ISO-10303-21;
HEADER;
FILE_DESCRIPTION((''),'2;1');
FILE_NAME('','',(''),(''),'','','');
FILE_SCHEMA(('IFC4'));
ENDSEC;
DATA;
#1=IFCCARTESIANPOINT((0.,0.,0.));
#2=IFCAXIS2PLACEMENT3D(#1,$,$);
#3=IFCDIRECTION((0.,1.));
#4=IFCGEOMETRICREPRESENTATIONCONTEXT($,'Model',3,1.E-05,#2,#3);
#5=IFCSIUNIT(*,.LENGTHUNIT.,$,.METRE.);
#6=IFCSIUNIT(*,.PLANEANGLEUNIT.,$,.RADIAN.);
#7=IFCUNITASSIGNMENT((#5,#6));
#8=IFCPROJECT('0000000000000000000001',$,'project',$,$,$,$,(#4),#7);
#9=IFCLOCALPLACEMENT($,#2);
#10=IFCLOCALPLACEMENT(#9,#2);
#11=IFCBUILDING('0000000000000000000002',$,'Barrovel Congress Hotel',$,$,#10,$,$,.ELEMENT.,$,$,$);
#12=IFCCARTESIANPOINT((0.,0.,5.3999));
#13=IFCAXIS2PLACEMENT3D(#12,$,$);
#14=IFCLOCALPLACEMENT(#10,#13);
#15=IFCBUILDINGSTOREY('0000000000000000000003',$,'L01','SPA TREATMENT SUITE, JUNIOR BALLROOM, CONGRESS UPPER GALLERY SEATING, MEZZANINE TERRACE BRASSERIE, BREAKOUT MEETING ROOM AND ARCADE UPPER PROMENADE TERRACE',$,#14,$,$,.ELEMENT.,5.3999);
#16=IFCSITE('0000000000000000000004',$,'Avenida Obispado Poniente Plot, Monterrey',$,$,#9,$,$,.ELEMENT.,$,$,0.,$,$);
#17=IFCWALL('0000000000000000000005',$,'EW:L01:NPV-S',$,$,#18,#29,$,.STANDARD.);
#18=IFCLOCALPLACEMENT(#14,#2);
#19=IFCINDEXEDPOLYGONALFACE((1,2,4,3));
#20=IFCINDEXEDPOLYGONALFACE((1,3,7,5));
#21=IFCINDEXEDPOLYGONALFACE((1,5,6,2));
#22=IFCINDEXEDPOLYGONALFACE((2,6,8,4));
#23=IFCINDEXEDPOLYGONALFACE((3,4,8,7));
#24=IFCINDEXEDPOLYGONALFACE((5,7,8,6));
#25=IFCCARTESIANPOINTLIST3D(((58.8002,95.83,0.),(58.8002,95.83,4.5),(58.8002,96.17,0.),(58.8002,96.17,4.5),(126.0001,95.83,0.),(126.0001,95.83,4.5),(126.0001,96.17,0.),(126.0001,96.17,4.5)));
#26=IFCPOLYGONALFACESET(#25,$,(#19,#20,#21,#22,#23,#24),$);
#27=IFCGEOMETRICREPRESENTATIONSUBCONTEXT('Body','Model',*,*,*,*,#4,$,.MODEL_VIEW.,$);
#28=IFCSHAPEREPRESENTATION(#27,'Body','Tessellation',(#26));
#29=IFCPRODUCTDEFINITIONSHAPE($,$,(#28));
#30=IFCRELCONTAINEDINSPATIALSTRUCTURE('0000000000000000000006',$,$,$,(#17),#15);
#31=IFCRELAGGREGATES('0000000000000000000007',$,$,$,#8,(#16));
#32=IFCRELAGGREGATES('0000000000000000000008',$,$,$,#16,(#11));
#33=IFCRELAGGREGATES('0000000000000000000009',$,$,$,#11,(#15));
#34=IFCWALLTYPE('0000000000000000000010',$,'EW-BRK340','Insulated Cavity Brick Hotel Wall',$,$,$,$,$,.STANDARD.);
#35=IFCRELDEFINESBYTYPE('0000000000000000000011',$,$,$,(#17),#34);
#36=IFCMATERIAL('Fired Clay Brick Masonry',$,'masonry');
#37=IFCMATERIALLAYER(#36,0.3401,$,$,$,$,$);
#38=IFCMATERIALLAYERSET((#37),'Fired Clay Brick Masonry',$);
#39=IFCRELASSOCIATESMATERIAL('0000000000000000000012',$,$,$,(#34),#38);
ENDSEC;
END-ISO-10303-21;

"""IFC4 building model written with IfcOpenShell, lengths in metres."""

from ifc_helpers import new_model, si_unit, direction, frame, frame_2d, origin, place, context, subcontext, project, spatial, rectangle, extrude, material, layer, layer_set, type_object, element, save


model = new_model("IFC4")

# Units and contexts
model_context = context("Model", 3, precision=1e-05, world=origin(), true_north=direction((0.0, 1.0)))
body_context = subcontext(model_context, "Body", "Model", "MODEL_VIEW")
ifc_project = project(units=[si_unit("LENGTHUNIT", "METRE"), si_unit("PLANEANGLEUNIT", "RADIAN")], contexts=[model_context])

# Site, building, storey
site_placement = place(None, origin())
site = spatial("IfcSite", under=ifc_project, at=site_placement, Name="Avenida Obispado Poniente Plot, Monterrey", CompositionType="ELEMENT", RefElevation=0.0)
building_placement = place(site_placement, origin())
building = spatial("IfcBuilding", under=site, at=building_placement, Name="Barrovel Congress Hotel", CompositionType="ELEMENT")
storey_placement = place(building_placement, frame((0.0, 0.0, 5.3999)))
storey = spatial("IfcBuildingStorey", under=building, at=storey_placement, Name="L01", Description="SPA TREATMENT SUITE, JUNIOR BALLROOM, CONGRESS UPPER GALLERY SEATING, MEZZANINE TERRACE BRASSERIE, BREAKOUT MEETING ROOM AND ARCADE UPPER PROMENADE TERRACE", CompositionType="ELEMENT", Elevation=5.3999)

# Wall
ifc_material_1 = material(Name="Fired Clay Brick Masonry", Category="masonry")
ifc_layer_1 = layer(ifc_material_1, 0.3401)
ifc_layer_set_1 = layer_set([ifc_layer_1], Name="Fired Clay Brick Masonry")
wall_type = type_object("IfcWallType", Name="EW-BRK340", Description="Insulated Cavity Brick Hotel Wall", PredefinedType="STANDARD", material=ifc_layer_set_1)
wall_1_placement = place(storey_placement, frame((58.8, 96.0, 0.0), z_axis=(0.0, 0.0, 1.0), x_axis=(1.0, 0.0, 0.0)))
element("IfcWall", 1, at=wall_1_placement, inside=storey, type_object=wall_type, Name="EW:L01:NPV-S", PredefinedType="STANDARD", context=body_context, shape_type="SweptSolid", body=[
    extrude(rectangle(XDim=67.2, YDim=0.3401, at=frame_2d((33.6001, 0.0))), origin(), (0.0, 0.0, 1.0), 4.5),
])

save(model, "model.ifc")
